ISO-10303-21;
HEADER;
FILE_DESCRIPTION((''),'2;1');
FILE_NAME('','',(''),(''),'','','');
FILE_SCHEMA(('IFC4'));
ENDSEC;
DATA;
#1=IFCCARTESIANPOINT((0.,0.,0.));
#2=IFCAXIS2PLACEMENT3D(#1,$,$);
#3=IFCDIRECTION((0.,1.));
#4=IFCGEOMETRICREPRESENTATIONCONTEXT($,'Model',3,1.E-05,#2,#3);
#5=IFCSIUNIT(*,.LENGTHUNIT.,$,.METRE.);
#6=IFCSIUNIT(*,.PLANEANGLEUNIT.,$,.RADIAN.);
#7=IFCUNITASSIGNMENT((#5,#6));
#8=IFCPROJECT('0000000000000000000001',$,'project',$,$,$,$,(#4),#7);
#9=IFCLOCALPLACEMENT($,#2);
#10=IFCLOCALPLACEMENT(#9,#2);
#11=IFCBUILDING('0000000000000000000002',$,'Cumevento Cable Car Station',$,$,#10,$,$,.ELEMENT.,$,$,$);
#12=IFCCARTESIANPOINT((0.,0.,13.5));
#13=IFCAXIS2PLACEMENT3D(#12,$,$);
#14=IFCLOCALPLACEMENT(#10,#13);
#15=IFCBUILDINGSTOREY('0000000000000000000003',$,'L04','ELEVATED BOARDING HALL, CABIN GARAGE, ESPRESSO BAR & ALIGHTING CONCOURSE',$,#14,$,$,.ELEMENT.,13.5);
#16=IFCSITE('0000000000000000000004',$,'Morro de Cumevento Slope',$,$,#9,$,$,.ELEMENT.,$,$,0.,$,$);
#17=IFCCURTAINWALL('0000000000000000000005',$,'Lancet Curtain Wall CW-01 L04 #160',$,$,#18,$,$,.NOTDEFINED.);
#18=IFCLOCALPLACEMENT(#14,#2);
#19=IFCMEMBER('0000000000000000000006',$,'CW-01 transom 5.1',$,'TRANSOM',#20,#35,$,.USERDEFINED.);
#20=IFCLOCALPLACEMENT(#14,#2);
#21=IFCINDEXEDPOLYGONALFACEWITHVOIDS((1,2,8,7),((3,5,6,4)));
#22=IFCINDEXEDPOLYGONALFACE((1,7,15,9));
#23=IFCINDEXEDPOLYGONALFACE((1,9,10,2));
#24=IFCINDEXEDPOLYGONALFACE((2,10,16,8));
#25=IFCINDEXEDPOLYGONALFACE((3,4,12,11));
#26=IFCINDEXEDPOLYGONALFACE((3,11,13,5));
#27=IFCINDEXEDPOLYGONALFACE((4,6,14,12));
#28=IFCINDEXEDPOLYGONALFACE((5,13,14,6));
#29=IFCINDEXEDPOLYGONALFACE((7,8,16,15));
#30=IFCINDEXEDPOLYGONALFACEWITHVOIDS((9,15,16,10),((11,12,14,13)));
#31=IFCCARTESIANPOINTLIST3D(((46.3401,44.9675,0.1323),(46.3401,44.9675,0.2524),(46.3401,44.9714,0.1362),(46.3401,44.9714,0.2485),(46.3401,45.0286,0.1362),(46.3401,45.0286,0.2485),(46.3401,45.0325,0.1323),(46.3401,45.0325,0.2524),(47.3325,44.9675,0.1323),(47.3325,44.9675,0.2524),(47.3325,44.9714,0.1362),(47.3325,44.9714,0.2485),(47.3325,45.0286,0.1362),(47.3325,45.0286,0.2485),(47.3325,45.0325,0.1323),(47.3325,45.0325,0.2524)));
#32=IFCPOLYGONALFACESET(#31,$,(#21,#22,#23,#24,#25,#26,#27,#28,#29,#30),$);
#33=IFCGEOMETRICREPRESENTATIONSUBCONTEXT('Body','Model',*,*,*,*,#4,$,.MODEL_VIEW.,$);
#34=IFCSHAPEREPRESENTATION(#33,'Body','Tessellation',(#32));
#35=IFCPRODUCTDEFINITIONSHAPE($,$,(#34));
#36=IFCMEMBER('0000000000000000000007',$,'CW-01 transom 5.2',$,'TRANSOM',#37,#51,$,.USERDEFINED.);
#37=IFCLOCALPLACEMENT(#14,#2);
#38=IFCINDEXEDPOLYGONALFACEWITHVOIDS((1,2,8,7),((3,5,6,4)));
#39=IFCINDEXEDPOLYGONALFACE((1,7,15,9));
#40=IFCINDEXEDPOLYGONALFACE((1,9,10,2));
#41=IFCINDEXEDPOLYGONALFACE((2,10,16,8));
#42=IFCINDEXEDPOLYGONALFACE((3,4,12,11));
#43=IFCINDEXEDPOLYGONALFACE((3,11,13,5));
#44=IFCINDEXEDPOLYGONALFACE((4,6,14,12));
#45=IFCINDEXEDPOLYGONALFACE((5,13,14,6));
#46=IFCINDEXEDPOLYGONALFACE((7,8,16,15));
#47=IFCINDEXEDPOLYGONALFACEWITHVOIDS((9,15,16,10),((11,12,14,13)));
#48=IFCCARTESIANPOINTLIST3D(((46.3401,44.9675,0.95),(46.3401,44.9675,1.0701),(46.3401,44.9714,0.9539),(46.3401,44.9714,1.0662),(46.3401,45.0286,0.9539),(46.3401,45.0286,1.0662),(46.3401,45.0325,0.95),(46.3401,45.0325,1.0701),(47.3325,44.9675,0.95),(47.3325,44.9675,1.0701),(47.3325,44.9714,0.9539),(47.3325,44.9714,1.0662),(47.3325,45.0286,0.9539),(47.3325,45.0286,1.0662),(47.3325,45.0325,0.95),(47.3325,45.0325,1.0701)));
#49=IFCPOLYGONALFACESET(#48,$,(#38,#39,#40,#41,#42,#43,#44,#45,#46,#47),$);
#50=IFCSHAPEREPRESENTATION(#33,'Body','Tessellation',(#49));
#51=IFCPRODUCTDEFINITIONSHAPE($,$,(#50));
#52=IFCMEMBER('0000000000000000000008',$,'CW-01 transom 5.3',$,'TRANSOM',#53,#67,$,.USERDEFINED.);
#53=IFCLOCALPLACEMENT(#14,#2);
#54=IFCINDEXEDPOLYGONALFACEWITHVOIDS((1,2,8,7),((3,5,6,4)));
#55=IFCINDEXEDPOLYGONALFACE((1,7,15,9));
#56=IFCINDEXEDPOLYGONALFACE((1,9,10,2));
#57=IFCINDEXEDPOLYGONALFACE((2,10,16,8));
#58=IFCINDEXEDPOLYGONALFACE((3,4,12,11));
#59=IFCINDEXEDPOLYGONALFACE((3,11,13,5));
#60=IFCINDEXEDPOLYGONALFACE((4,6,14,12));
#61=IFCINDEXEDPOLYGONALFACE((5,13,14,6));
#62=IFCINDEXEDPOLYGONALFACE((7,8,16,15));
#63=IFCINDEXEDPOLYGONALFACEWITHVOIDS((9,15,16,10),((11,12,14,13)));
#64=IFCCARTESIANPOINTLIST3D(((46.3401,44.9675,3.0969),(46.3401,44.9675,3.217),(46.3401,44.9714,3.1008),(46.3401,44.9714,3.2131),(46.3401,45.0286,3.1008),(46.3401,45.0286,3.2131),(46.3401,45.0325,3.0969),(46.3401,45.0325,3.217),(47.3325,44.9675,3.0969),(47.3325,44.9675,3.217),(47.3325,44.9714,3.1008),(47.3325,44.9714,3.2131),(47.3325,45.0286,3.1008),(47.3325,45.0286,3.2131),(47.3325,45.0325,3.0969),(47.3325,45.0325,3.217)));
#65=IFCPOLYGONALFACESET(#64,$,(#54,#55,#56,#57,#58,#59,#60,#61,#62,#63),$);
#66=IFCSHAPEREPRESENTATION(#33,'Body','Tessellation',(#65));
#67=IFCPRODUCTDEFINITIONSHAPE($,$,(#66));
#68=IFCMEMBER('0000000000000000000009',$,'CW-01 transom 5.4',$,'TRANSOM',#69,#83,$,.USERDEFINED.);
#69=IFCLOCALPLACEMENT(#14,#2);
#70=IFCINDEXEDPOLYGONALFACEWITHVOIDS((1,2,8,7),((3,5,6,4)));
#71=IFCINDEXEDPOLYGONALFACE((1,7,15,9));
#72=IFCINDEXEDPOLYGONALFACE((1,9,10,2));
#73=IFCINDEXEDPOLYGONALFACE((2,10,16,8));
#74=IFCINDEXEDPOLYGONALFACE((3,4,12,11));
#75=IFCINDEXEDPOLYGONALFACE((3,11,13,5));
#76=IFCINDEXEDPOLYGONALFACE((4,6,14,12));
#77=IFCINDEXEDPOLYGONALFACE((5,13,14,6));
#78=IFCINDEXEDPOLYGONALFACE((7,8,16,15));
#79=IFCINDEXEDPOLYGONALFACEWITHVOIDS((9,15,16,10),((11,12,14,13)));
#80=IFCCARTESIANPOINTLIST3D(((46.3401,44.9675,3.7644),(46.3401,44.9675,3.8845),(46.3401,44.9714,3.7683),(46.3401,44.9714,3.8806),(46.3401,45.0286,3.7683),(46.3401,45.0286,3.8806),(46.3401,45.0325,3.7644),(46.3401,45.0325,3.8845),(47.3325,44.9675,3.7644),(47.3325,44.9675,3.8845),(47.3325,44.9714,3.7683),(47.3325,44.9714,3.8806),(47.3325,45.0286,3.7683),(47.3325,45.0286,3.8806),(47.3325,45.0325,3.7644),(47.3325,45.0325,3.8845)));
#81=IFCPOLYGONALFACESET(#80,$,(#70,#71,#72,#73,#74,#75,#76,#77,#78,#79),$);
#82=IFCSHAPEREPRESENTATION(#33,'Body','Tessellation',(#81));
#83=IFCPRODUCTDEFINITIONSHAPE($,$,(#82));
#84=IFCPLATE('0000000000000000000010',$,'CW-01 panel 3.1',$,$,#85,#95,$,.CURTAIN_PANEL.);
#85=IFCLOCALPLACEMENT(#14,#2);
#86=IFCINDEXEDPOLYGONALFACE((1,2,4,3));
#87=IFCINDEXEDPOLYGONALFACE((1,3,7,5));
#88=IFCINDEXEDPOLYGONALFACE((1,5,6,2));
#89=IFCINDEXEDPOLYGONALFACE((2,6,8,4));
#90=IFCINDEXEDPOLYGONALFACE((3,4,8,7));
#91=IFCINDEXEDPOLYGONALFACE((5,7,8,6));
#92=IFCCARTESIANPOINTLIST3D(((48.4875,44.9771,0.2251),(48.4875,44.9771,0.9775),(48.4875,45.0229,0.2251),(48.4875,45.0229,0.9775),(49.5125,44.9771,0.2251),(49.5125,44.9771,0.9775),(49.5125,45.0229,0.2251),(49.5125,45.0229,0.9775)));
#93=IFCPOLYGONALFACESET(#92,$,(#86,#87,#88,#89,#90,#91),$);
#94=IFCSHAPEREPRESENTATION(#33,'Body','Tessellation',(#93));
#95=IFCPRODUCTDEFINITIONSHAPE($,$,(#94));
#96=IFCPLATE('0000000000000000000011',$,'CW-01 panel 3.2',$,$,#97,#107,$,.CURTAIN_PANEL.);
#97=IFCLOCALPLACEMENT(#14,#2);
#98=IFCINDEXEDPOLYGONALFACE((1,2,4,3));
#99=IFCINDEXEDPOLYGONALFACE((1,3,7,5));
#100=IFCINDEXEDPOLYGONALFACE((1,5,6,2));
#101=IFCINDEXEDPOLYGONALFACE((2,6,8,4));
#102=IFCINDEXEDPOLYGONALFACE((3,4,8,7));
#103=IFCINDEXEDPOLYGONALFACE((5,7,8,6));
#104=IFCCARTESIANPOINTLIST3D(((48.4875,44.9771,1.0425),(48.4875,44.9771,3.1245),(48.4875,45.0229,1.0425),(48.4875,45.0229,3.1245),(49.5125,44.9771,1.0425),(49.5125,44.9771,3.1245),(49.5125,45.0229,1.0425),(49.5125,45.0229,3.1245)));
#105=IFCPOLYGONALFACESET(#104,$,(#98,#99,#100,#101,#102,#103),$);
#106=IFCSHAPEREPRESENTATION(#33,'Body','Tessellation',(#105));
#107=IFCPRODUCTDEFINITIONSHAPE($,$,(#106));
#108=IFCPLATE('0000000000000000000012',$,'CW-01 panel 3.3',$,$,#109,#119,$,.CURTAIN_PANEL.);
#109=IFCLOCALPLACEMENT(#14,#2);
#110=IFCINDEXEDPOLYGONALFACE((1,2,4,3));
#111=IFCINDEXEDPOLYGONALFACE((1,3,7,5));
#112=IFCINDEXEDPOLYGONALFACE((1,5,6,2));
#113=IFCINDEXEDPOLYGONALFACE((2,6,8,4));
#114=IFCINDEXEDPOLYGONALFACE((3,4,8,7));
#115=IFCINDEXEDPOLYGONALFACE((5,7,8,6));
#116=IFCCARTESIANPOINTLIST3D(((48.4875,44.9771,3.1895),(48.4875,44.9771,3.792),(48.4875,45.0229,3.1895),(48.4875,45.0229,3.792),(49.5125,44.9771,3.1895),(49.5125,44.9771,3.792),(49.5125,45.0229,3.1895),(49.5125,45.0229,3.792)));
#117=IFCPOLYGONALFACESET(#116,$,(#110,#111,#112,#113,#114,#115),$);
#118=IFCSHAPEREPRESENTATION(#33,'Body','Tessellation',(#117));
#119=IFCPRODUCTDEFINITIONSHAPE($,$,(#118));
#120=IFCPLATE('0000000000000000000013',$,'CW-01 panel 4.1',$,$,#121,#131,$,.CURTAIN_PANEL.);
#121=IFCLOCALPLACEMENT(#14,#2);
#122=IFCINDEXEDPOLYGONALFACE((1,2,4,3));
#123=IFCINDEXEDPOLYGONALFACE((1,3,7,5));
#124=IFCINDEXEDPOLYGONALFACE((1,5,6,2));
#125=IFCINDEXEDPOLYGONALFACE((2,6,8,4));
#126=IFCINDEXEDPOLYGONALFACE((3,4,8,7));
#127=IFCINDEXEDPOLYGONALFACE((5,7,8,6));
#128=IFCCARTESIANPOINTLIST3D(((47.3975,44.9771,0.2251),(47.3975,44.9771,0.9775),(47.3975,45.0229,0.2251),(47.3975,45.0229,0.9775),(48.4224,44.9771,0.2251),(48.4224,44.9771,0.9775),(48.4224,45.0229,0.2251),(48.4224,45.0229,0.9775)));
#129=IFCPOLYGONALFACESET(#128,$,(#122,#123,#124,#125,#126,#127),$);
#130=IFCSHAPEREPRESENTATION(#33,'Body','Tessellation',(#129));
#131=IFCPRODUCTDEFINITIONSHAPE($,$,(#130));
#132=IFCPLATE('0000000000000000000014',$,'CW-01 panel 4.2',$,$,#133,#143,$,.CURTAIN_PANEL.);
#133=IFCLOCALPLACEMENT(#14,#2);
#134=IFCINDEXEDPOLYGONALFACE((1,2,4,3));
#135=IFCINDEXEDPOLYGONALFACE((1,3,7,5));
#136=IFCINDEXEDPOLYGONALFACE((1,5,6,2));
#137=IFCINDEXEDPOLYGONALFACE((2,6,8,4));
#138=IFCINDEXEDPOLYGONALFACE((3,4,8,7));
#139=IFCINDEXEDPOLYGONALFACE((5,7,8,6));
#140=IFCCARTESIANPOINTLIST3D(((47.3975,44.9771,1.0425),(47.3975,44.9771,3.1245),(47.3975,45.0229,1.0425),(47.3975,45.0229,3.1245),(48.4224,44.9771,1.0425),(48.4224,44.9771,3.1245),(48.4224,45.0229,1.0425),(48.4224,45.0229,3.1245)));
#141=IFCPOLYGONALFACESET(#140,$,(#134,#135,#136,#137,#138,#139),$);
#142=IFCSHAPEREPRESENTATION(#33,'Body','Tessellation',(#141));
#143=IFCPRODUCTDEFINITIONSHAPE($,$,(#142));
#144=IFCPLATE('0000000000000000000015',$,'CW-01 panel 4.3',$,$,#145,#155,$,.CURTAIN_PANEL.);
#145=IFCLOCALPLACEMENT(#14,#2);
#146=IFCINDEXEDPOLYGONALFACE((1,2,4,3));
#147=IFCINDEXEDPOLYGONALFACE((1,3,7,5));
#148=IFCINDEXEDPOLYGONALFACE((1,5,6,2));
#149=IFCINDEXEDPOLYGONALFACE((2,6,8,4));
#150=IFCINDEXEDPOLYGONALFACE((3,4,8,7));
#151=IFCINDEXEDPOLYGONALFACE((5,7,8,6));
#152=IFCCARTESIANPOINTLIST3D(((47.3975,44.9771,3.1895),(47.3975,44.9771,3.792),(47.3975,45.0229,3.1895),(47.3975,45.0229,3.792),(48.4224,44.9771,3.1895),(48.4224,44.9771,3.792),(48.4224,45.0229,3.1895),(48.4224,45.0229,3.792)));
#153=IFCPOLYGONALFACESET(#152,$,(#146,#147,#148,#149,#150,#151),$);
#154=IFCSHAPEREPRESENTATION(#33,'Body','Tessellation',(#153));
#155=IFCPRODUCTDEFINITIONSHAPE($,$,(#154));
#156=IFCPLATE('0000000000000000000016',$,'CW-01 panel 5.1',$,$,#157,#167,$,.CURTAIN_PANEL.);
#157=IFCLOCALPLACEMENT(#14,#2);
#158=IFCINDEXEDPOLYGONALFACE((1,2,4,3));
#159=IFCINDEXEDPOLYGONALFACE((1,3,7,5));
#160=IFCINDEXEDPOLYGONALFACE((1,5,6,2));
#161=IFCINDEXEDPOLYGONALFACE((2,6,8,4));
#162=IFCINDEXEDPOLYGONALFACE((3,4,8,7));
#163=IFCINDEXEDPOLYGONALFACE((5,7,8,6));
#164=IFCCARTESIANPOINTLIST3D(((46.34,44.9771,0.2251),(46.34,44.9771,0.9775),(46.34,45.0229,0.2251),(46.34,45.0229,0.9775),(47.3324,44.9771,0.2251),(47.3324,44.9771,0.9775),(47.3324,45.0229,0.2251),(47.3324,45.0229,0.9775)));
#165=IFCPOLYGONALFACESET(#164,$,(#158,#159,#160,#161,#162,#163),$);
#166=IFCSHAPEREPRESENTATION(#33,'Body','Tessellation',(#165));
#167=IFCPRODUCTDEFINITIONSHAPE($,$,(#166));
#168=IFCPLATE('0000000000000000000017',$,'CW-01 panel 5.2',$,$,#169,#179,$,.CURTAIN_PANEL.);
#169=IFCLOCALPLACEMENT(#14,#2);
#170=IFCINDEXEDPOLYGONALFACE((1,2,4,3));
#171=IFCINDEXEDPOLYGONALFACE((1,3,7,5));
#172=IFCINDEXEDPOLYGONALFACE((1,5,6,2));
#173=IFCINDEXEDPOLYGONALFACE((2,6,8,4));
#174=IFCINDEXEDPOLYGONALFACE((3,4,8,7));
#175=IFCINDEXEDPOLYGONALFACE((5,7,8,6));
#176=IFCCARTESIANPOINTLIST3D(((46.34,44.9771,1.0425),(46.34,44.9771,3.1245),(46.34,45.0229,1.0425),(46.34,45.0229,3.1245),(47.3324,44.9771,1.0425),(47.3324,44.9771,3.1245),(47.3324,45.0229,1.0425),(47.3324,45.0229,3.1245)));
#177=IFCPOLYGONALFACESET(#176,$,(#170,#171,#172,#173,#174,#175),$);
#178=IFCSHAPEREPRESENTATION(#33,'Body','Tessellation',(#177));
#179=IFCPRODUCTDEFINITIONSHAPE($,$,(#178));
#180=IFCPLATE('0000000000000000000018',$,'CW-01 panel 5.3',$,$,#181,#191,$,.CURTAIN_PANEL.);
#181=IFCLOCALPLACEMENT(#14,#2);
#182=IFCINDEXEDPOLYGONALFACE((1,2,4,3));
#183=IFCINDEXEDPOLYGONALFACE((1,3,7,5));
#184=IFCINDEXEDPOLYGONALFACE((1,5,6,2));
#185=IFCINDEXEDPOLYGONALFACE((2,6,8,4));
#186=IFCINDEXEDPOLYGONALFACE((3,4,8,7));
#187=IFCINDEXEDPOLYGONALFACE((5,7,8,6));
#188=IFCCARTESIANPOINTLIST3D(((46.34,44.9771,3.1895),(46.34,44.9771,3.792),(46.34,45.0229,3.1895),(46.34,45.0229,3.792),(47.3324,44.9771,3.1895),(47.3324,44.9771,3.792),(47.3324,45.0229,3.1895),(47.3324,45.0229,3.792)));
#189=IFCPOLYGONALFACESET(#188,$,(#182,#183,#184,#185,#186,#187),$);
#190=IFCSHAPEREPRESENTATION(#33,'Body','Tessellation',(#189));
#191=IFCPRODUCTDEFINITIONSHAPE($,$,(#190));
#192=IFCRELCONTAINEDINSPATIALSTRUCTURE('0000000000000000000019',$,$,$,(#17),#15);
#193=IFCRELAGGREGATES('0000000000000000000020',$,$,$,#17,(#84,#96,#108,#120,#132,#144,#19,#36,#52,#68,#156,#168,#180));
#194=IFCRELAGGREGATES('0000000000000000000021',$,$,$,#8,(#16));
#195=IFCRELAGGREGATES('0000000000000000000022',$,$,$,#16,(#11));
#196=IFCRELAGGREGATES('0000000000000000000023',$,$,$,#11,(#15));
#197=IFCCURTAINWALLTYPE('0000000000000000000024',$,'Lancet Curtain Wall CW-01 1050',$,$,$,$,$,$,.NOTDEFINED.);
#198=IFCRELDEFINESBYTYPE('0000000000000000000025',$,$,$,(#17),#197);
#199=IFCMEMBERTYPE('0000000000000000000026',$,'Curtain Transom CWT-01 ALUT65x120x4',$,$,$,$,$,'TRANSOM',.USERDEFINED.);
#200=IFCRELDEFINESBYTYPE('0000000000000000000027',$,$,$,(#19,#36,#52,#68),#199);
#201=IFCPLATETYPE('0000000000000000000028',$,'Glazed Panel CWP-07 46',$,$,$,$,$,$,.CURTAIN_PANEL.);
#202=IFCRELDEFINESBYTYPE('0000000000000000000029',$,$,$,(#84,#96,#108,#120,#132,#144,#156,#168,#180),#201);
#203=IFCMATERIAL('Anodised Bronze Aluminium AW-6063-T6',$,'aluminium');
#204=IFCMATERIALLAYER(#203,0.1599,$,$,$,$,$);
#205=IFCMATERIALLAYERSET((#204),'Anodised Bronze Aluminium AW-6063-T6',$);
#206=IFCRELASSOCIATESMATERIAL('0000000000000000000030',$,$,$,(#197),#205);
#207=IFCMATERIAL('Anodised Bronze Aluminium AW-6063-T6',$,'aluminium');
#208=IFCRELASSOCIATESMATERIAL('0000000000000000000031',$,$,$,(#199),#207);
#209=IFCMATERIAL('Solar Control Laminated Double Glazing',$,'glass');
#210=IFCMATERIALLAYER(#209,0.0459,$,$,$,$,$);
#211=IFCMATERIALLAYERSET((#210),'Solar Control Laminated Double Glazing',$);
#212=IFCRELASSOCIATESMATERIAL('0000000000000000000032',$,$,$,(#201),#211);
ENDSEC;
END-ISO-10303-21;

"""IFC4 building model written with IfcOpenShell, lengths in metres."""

from ifc_helpers import new_model, si_unit, direction, frame, origin, origin_2d, place, context, subcontext, project, spatial, rectangle, hollow_rectangle, extrude, material, layer, layer_set, material_profile, profile_set, type_object, element, aggregate, save


model = new_model("IFC4")

# Units and contexts
model_context = context("Model", 3, precision=1e-05, world=origin(), true_north=direction((0.0, 1.0)))
body_context = subcontext(model_context, "Body", "Model", "MODEL_VIEW")
ifc_project = project(units=[si_unit("LENGTHUNIT", "METRE"), si_unit("PLANEANGLEUNIT", "RADIAN")], contexts=[model_context])

# Site, building, storey
site_placement = place(None, origin())
site = spatial("IfcSite", under=ifc_project, at=site_placement, Name="Morro de Cumevento Slope", CompositionType="ELEMENT", RefElevation=0.0)
building_placement = place(site_placement, origin())
building = spatial("IfcBuilding", under=site, at=building_placement, Name="Cumevento Cable Car Station", CompositionType="ELEMENT")
storey_placement = place(building_placement, frame((0.0, 0.0, 13.5)))
storey = spatial("IfcBuildingStorey", under=building, at=storey_placement, Name="L04", Description="ELEVATED BOARDING HALL, CABIN GARAGE, ESPRESSO BAR & ALIGHTING CONCOURSE", CompositionType="ELEMENT", Elevation=13.5)

# Curtain wall, members, plates
ifc_material_1 = material(Name="Anodised Bronze Aluminium AW-6063-T6", Category="aluminium")
ifc_layer_1 = layer(ifc_material_1, 0.1599)
ifc_layer_set_1 = layer_set([ifc_layer_1], Name="Anodised Bronze Aluminium AW-6063-T6")
curtain_wall_type = type_object("IfcCurtainWallType", Name="Lancet Curtain Wall CW-01 1050", PredefinedType="NOTDEFINED", material=ifc_layer_set_1)
curtain_wall_placement = place(storey_placement, origin())
curtain_wall = element("IfcCurtainWall", 1, at=curtain_wall_placement, inside=storey, type_object=curtain_wall_type, Name="Lancet Curtain Wall CW-01 L04 #160", PredefinedType="NOTDEFINED")
ifc_material_2 = material(Name="Anodised Bronze Aluminium AW-6063-T6", Category="aluminium")
ifc_material_profile_1 = material_profile(ifc_material_2, hollow_rectangle(XDim=0.0649, YDim=0.1201, WallThickness=0.0039, at=origin_2d()), Name="ALUT65x120x4")
ifc_profile_set_1 = profile_set([ifc_material_profile_1], Name="Anodised Bronze Aluminium AW-6063-T6")
member_type_1 = type_object("IfcMemberType", Name="Curtain Transom CWT-01 ALUT65x120x4", ElementType="TRANSOM", PredefinedType="USERDEFINED", material=ifc_profile_set_1)
member_1_placement = place(storey_placement, frame((47.3325, 45.0, 0.1924), z_axis=(-1.0, 0.0, 0.0), x_axis=(0.0, -1.0, 0.0)))
member_1 = element("IfcMember", 2, at=member_1_placement, type_object=member_type_1, Name="CW-01 transom 5.1", ObjectType="TRANSOM", PredefinedType="USERDEFINED", context=body_context, shape_type="SweptSolid", body=[
    extrude(hollow_rectangle(XDim=0.0649, YDim=0.1201, WallThickness=0.0039, at=origin_2d()), origin(), (0.0, 0.0, 1.0), 0.9924),
])
member_2_placement = place(storey_placement, frame((47.3325, 45.0, 1.01), z_axis=(-1.0, 0.0, 0.0), x_axis=(0.0, -1.0, 0.0)))
member_2 = element("IfcMember", 3, at=member_2_placement, type_object=member_type_1, Name="CW-01 transom 5.2", ObjectType="TRANSOM", PredefinedType="USERDEFINED", context=body_context, shape_type="SweptSolid", body=[
    extrude(hollow_rectangle(XDim=0.0649, YDim=0.1201, WallThickness=0.0039, at=origin_2d()), origin(), (0.0, 0.0, 1.0), 0.9924),
])
member_3_placement = place(storey_placement, frame((47.3325, 45.0, 3.157), z_axis=(-1.0, 0.0, 0.0), x_axis=(0.0, -1.0, 0.0)))
member_3 = element("IfcMember", 4, at=member_3_placement, type_object=member_type_1, Name="CW-01 transom 5.3", ObjectType="TRANSOM", PredefinedType="USERDEFINED", context=body_context, shape_type="SweptSolid", body=[
    extrude(hollow_rectangle(XDim=0.0649, YDim=0.1201, WallThickness=0.0039, at=origin_2d()), origin(), (0.0, 0.0, 1.0), 0.9924),
])
member_4_placement = place(storey_placement, frame((47.3325, 45.0, 3.8245), z_axis=(-1.0, 0.0, 0.0), x_axis=(0.0, -1.0, 0.0)))
member_4 = element("IfcMember", 5, at=member_4_placement, type_object=member_type_1, Name="CW-01 transom 5.4", ObjectType="TRANSOM", PredefinedType="USERDEFINED", context=body_context, shape_type="SweptSolid", body=[
    extrude(hollow_rectangle(XDim=0.0649, YDim=0.1201, WallThickness=0.0039, at=origin_2d()), origin(), (0.0, 0.0, 1.0), 0.9924),
])
ifc_material_3 = material(Name="Solar Control Laminated Double Glazing", Category="glass")
ifc_layer_2 = layer(ifc_material_3, 0.0459)
ifc_layer_set_2 = layer_set([ifc_layer_2], Name="Solar Control Laminated Double Glazing")
plate_type = type_object("IfcPlateType", Name="Glazed Panel CWP-07 46", PredefinedType="CURTAIN_PANEL", material=ifc_layer_set_2)
plate_1_placement = place(storey_placement, frame((49.0, 45.0, 0.2251), z_axis=(0.0, 0.0, 1.0), x_axis=(-1.0, 0.0, 0.0)))
plate_1 = element("IfcPlate", 6, at=plate_1_placement, type_object=plate_type, Name="CW-01 panel 3.1", PredefinedType="CURTAIN_PANEL", context=body_context, shape_type="SweptSolid", body=[
    extrude(rectangle(XDim=1.0249, YDim=0.0459, at=origin_2d()), origin(), (0.0, 0.0, 1.0), 0.7524),
])
plate_2_placement = place(storey_placement, frame((49.0, 45.0, 1.0425), z_axis=(0.0, 0.0, 1.0), x_axis=(-1.0, 0.0, 0.0)))
plate_2 = element("IfcPlate", 7, at=plate_2_placement, type_object=plate_type, Name="CW-01 panel 3.2", PredefinedType="CURTAIN_PANEL", context=body_context, shape_type="SweptSolid", body=[
    extrude(rectangle(XDim=1.0249, YDim=0.0459, at=origin_2d()), origin(), (0.0, 0.0, 1.0), 2.082),
])
plate_3_placement = place(storey_placement, frame((49.0, 45.0, 3.1895), z_axis=(0.0, 0.0, 1.0), x_axis=(-1.0, 0.0, 0.0)))
plate_3 = element("IfcPlate", 8, at=plate_3_placement, type_object=plate_type, Name="CW-01 panel 3.3", PredefinedType="CURTAIN_PANEL", context=body_context, shape_type="SweptSolid", body=[
    extrude(rectangle(XDim=1.0249, YDim=0.0459, at=origin_2d()), origin(), (0.0, 0.0, 1.0), 0.6025),
])
plate_4_placement = place(storey_placement, frame((47.9099, 45.0, 0.2251), z_axis=(0.0, 0.0, 1.0), x_axis=(-1.0, 0.0, 0.0)))
plate_4 = element("IfcPlate", 9, at=plate_4_placement, type_object=plate_type, Name="CW-01 panel 4.1", PredefinedType="CURTAIN_PANEL", context=body_context, shape_type="SweptSolid", body=[
    extrude(rectangle(XDim=1.0249, YDim=0.0459, at=origin_2d()), origin(), (0.0, 0.0, 1.0), 0.7524),
])
plate_5_placement = place(storey_placement, frame((47.9099, 45.0, 1.0425), z_axis=(0.0, 0.0, 1.0), x_axis=(-1.0, 0.0, 0.0)))
plate_5 = element("IfcPlate", 10, at=plate_5_placement, type_object=plate_type, Name="CW-01 panel 4.2", PredefinedType="CURTAIN_PANEL", context=body_context, shape_type="SweptSolid", body=[
    extrude(rectangle(XDim=1.0249, YDim=0.0459, at=origin_2d()), origin(), (0.0, 0.0, 1.0), 2.082),
])
plate_6_placement = place(storey_placement, frame((47.9099, 45.0, 3.1895), z_axis=(0.0, 0.0, 1.0), x_axis=(-1.0, 0.0, 0.0)))
plate_6 = element("IfcPlate", 11, at=plate_6_placement, type_object=plate_type, Name="CW-01 panel 4.3", PredefinedType="CURTAIN_PANEL", context=body_context, shape_type="SweptSolid", body=[
    extrude(rectangle(XDim=1.0249, YDim=0.0459, at=origin_2d()), origin(), (0.0, 0.0, 1.0), 0.6025),
])
plate_7_placement = place(storey_placement, frame((46.8362, 45.0, 0.2251), z_axis=(0.0, 0.0, 1.0), x_axis=(-1.0, 0.0, 0.0)))
plate_7 = element("IfcPlate", 12, at=plate_7_placement, type_object=plate_type, Name="CW-01 panel 5.1", PredefinedType="CURTAIN_PANEL", context=body_context, shape_type="SweptSolid", body=[
    extrude(rectangle(XDim=0.9924, YDim=0.0459, at=origin_2d()), origin(), (0.0, 0.0, 1.0), 0.7524),
])
plate_8_placement = place(storey_placement, frame((46.8362, 45.0, 1.0425), z_axis=(0.0, 0.0, 1.0), x_axis=(-1.0, 0.0, 0.0)))
plate_8 = element("IfcPlate", 13, at=plate_8_placement, type_object=plate_type, Name="CW-01 panel 5.2", PredefinedType="CURTAIN_PANEL", context=body_context, shape_type="SweptSolid", body=[
    extrude(rectangle(XDim=0.9924, YDim=0.0459, at=origin_2d()), origin(), (0.0, 0.0, 1.0), 2.082),
])
plate_9_placement = place(storey_placement, frame((46.8362, 45.0, 3.1895), z_axis=(0.0, 0.0, 1.0), x_axis=(-1.0, 0.0, 0.0)))
plate_9 = element("IfcPlate", 14, at=plate_9_placement, type_object=plate_type, Name="CW-01 panel 5.3", PredefinedType="CURTAIN_PANEL", context=body_context, shape_type="SweptSolid", body=[
    extrude(rectangle(XDim=0.9924, YDim=0.0459, at=origin_2d()), origin(), (0.0, 0.0, 1.0), 0.6025),
])
aggregate(curtain_wall, [plate_1, plate_2, plate_3, plate_4, plate_5, plate_6, member_1, member_2, member_3, member_4, plate_7, plate_8, plate_9])

save(model, "model.ifc")
